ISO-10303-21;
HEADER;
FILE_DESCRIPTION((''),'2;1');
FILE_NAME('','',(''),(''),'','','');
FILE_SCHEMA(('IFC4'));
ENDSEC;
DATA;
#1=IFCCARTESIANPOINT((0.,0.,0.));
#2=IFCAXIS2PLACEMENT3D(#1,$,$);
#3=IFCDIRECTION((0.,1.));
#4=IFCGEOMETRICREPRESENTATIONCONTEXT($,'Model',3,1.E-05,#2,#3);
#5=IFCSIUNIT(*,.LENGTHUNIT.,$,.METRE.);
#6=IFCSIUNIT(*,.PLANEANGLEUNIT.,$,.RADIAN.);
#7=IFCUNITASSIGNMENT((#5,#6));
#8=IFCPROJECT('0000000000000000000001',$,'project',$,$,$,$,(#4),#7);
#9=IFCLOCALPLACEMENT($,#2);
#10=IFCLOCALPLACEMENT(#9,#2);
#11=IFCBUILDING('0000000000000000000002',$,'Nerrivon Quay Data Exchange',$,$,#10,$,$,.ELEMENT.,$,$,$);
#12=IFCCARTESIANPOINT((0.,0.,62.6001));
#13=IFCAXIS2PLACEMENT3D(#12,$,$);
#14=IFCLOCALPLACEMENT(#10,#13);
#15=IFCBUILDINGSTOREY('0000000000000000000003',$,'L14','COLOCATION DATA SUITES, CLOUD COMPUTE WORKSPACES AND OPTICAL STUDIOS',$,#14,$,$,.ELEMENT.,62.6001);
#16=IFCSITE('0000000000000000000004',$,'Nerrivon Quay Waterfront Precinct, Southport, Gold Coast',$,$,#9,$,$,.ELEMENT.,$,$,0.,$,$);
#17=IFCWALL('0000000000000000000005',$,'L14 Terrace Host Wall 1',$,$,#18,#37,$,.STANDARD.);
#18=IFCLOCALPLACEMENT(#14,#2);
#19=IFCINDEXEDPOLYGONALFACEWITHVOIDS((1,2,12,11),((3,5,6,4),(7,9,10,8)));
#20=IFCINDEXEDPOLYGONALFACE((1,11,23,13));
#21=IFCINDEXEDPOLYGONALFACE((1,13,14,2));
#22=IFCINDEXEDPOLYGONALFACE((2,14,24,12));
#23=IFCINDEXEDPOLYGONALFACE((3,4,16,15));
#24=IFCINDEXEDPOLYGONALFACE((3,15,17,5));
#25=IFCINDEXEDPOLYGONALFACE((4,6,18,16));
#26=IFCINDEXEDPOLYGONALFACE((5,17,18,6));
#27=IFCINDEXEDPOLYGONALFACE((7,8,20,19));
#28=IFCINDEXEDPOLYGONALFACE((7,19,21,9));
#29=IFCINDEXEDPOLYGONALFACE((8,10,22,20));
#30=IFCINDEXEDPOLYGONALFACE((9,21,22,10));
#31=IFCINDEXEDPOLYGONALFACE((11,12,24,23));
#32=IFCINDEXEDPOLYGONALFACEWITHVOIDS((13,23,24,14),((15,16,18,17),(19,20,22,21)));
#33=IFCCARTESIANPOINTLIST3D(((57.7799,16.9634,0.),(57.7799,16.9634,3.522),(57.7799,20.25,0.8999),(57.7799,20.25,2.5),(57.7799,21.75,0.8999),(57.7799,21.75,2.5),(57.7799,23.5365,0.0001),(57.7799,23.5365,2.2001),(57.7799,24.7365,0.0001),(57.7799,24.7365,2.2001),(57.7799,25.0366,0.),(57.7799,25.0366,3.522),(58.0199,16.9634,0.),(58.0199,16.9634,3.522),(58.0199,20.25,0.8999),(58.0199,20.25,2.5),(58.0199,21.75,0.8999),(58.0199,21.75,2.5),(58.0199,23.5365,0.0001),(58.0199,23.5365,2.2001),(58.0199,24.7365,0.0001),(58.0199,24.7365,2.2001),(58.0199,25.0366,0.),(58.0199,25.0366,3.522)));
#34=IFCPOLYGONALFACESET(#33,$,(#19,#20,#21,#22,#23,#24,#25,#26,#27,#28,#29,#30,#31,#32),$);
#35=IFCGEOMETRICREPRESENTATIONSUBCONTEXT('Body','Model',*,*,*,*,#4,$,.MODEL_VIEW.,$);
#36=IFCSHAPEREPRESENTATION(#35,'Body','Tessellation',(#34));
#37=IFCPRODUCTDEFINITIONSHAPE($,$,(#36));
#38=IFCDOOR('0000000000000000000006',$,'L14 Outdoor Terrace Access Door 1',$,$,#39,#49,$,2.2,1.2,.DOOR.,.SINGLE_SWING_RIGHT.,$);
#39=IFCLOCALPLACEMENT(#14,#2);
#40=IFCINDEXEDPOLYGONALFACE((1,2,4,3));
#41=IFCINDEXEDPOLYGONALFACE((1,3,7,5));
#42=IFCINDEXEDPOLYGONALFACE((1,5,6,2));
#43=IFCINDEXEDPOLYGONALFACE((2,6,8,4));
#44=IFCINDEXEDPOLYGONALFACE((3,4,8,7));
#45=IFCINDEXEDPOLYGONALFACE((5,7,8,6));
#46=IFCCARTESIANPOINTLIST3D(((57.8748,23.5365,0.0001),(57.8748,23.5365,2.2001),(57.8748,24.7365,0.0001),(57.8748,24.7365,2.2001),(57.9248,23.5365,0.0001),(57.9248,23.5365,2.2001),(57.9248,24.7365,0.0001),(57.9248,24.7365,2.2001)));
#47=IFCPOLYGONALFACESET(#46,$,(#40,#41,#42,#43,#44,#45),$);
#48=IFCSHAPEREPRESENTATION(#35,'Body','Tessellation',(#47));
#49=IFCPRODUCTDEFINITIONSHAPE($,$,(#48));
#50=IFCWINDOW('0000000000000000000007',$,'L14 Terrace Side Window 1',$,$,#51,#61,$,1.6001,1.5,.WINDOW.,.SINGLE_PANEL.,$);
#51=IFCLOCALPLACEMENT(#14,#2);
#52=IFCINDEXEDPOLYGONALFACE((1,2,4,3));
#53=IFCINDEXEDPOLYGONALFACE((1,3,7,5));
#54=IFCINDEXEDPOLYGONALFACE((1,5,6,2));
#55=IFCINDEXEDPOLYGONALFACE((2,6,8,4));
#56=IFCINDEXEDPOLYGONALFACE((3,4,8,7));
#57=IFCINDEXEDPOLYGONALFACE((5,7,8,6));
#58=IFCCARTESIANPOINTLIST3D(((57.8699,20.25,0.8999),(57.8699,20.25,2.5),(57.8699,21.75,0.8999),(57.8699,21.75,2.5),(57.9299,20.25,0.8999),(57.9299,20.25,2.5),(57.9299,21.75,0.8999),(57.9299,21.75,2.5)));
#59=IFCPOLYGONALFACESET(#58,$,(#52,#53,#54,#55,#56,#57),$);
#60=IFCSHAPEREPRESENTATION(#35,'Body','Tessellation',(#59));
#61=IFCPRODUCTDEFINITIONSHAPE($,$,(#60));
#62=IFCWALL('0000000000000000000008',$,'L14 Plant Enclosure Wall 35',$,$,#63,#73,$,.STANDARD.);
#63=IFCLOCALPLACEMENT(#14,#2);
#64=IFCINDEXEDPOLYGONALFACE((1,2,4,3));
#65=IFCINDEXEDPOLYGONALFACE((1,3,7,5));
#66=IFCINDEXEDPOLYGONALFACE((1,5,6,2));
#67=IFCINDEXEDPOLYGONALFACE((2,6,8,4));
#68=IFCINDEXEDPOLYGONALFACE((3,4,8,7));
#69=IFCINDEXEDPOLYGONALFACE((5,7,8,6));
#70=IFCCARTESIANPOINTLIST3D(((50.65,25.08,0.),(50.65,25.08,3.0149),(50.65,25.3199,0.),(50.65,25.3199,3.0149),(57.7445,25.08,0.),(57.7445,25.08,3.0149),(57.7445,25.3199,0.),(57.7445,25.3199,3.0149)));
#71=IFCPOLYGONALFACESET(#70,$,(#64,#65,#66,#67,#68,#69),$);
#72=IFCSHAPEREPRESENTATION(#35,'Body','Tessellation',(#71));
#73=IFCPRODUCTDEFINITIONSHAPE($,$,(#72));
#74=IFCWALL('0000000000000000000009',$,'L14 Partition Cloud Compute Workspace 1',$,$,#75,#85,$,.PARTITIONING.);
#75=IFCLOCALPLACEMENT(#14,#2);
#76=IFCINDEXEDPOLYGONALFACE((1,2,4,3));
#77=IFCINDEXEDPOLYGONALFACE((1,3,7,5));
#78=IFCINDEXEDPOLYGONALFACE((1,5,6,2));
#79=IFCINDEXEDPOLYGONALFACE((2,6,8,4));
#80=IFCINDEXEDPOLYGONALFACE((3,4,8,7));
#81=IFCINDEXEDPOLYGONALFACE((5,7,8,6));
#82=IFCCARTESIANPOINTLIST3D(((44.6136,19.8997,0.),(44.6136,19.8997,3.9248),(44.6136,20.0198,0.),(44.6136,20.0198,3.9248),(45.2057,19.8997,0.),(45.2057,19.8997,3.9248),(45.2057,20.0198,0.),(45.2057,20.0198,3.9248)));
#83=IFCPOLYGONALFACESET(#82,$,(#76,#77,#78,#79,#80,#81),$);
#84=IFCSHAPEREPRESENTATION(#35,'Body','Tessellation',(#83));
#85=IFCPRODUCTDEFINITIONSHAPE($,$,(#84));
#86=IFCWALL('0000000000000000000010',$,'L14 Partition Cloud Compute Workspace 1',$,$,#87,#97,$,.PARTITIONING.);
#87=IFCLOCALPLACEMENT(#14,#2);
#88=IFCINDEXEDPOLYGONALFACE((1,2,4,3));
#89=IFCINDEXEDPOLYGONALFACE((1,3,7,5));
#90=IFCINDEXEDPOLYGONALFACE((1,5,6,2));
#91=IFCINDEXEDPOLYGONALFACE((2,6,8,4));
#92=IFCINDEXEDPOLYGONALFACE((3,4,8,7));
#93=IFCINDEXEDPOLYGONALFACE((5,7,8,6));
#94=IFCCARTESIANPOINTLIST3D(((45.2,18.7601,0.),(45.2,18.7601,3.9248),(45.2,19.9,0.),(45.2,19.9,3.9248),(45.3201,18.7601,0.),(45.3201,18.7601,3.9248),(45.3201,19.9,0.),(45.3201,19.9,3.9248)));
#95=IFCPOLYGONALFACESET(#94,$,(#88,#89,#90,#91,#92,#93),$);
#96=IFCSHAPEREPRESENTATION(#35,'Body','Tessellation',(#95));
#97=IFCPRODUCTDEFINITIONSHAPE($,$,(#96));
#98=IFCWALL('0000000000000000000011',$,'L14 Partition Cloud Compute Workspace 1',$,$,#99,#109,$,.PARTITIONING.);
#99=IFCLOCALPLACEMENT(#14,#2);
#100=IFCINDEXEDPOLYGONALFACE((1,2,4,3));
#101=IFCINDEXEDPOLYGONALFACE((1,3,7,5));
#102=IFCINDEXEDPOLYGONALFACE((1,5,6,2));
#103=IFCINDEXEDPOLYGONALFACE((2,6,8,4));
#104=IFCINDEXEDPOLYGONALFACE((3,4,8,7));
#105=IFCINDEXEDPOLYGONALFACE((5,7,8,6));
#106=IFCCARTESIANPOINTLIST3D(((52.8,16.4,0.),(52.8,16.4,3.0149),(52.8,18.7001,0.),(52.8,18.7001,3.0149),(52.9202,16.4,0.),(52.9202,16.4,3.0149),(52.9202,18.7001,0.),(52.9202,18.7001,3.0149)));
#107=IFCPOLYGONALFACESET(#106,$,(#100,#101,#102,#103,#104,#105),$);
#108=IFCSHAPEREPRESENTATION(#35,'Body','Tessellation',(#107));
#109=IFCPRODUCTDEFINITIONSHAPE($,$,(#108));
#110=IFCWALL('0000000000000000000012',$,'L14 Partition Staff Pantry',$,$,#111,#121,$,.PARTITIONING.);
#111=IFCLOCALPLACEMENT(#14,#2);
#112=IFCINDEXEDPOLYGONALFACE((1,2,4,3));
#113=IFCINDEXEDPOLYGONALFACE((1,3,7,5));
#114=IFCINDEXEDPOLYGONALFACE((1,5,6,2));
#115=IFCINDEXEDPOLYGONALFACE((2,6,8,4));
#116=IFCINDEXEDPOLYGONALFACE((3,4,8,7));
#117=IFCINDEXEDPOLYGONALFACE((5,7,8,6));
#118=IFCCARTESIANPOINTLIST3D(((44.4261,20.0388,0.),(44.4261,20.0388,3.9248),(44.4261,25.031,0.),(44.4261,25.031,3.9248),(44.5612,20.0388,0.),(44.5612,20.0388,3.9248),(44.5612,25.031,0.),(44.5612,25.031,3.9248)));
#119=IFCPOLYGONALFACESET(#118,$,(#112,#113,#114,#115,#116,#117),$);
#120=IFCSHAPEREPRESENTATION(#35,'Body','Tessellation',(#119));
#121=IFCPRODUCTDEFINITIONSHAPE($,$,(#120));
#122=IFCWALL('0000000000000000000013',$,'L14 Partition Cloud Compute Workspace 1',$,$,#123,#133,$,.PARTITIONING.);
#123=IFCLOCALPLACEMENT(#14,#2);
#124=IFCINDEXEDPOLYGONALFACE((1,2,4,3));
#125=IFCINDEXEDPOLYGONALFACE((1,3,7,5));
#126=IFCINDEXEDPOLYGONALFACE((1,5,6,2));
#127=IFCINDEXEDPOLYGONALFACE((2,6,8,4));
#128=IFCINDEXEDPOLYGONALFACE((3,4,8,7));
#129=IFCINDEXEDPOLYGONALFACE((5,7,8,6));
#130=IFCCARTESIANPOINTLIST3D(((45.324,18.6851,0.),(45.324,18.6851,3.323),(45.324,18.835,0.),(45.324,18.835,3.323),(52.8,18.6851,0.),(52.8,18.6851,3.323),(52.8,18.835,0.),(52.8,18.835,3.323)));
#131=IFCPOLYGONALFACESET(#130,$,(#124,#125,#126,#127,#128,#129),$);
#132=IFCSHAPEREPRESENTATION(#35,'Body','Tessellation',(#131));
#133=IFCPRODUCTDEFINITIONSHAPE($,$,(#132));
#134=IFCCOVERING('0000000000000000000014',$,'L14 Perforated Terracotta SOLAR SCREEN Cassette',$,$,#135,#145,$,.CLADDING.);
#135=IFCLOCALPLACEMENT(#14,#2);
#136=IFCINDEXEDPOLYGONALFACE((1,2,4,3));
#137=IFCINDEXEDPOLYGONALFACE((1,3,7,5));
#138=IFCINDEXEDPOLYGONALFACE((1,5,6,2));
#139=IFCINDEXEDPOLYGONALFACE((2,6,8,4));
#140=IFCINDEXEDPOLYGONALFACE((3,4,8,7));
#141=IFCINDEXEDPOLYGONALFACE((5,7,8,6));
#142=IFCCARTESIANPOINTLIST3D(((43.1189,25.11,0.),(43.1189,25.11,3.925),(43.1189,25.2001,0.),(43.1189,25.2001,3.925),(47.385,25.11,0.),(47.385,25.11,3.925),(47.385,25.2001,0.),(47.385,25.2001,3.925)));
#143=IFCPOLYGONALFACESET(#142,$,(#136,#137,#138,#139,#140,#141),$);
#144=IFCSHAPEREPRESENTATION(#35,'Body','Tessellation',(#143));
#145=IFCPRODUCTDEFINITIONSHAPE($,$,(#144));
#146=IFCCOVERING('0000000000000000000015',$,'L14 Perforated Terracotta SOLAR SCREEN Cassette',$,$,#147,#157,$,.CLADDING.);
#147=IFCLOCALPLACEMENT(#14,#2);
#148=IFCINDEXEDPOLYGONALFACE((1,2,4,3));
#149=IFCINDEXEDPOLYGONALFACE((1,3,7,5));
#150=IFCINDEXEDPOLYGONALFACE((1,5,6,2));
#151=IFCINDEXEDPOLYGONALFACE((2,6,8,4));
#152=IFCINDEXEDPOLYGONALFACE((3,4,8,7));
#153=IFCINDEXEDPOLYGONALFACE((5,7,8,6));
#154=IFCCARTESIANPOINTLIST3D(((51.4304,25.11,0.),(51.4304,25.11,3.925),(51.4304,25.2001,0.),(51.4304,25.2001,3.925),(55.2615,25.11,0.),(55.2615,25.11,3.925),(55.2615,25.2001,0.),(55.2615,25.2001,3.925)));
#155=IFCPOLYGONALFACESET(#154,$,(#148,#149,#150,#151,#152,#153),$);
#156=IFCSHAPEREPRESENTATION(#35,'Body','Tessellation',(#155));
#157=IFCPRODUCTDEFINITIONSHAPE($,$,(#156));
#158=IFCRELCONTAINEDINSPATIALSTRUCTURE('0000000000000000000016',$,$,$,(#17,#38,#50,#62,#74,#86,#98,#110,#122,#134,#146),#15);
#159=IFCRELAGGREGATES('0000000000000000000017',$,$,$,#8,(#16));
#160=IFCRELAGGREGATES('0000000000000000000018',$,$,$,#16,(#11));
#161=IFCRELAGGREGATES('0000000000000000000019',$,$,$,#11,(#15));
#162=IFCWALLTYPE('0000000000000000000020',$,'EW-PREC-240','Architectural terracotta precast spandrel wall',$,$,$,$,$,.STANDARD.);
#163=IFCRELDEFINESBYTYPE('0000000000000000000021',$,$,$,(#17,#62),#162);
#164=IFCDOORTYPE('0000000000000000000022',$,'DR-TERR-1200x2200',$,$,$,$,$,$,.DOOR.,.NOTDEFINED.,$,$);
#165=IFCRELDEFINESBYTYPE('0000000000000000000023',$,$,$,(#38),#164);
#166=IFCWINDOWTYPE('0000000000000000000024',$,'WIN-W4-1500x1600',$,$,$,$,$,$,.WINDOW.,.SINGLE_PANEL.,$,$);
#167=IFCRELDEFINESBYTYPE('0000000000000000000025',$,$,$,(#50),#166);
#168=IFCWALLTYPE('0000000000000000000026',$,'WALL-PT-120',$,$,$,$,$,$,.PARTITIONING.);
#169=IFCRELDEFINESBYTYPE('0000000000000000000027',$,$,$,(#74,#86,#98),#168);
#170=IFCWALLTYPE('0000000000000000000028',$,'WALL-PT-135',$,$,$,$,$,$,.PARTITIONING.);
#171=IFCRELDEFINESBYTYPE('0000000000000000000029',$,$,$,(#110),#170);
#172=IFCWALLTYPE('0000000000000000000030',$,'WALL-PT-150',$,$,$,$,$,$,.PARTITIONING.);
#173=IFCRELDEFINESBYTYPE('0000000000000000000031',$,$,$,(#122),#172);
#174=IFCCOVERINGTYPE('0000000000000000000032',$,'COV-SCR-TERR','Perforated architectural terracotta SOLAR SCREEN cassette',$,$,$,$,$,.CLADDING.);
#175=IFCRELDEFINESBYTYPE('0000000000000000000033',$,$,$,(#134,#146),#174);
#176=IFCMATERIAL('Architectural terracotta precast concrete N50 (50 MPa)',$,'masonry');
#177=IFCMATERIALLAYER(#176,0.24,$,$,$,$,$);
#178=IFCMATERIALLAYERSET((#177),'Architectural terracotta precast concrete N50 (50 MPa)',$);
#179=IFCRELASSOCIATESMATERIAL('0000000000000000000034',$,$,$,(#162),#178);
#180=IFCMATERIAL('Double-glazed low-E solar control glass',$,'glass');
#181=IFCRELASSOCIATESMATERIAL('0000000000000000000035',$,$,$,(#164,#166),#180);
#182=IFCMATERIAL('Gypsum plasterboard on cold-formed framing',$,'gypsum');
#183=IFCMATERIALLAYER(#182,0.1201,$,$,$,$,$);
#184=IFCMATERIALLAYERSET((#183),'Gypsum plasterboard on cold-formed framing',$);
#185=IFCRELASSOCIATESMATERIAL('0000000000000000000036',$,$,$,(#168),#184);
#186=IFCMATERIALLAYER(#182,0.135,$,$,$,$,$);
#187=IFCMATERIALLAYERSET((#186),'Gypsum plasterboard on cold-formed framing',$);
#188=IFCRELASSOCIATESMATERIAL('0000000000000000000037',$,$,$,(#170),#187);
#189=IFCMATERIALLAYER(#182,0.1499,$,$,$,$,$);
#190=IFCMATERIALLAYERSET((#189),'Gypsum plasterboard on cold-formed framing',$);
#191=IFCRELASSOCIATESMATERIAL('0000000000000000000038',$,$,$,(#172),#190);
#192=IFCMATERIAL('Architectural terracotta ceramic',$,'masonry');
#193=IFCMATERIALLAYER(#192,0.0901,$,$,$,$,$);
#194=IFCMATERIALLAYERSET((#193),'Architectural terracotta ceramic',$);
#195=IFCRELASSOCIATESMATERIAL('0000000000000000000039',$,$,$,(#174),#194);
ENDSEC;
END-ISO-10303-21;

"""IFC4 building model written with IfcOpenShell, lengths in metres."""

from ifc_helpers import new_model, si_unit, direction, frame, frame_2d, origin, origin_2d, place, context, subcontext, project, spatial, rectangle, extrude, material, layer, layer_set, type_object, element, fill, save


model = new_model("IFC4")

# Units and contexts
model_context = context("Model", 3, precision=1e-05, world=origin(), true_north=direction((0.0, 1.0)))
body_context = subcontext(model_context, "Body", "Model", "MODEL_VIEW")
ifc_project = project(units=[si_unit("LENGTHUNIT", "METRE"), si_unit("PLANEANGLEUNIT", "RADIAN")], contexts=[model_context])

# Site, building, storey
site_placement = place(None, origin())
site = spatial("IfcSite", under=ifc_project, at=site_placement, Name="Nerrivon Quay Waterfront Precinct, Southport, Gold Coast", CompositionType="ELEMENT", RefElevation=0.0)
building_placement = place(site_placement, origin())
building = spatial("IfcBuilding", under=site, at=building_placement, Name="Nerrivon Quay Data Exchange", CompositionType="ELEMENT")
storey_placement = place(building_placement, frame((0.0, 0.0, 62.6001)))
storey = spatial("IfcBuildingStorey", under=building, at=storey_placement, Name="L14", Description="COLOCATION DATA SUITES, CLOUD COMPUTE WORKSPACES AND OPTICAL STUDIOS", CompositionType="ELEMENT", Elevation=62.6001)

# Shared definitions
ifc_material_1 = material(Name="Double-glazed low-E solar control glass", Category="glass")

# Wall, openings, door, window
ifc_material_2 = material(Name="Architectural terracotta precast concrete N50 (50 MPa)", Category="masonry")
ifc_layer_1 = layer(ifc_material_2, 0.24)
ifc_layer_set_1 = layer_set([ifc_layer_1], Name="Architectural terracotta precast concrete N50 (50 MPa)")
wall_type_1 = type_object("IfcWallType", Name="EW-PREC-240", Description="Architectural terracotta precast spandrel wall", PredefinedType="STANDARD", material=ifc_layer_set_1)
wall_1_placement = place(storey_placement, frame((57.8999, 25.0366, 0.0), z_axis=(0.0, 0.0, 1.0), x_axis=(0.0, -1.0, 0.0)))
wall_1 = element("IfcWall", 1, at=wall_1_placement, inside=storey, type_object=wall_type_1, Name="L14 Terrace Host Wall 1", PredefinedType="STANDARD", context=body_context, shape_type="SweptSolid", body=[
    extrude(rectangle(XDim=8.0732, YDim=0.24, at=frame_2d((4.0366, 0.0))), origin(), (0.0, 0.0, 1.0), 3.522),
])
opening_1_placement = place(wall_1_placement, frame((0.3, 0.0, 0.0)))
opening_1 = element("IfcOpeningElement", 2, at=opening_1_placement, cuts=wall_1, PredefinedType="OPENING", context=body_context, shape_type="SweptSolid", body=[
    extrude(rectangle(XDim=1.2, YDim=2.2, at=frame_2d((0.6001, 1.1001))), frame((0.0, 0.1299, 0.0), z_axis=(0.0, -1.0, 0.0), x_axis=(1.0, 0.0, 0.0)), (0.0, 0.0, 1.0), 0.26),
])
opening_2_placement = place(wall_1_placement, frame((3.2866, 0.0, 0.8999)))
opening_2 = element("IfcOpeningElement", 3, at=opening_2_placement, cuts=wall_1, PredefinedType="OPENING", context=body_context, shape_type="SweptSolid", body=[
    extrude(rectangle(XDim=1.5, YDim=1.6001, at=frame_2d((0.75, 0.8))), frame((0.0, 0.1299, 0.0), z_axis=(0.0, -1.0, 0.0), x_axis=(1.0, 0.0, 0.0)), (0.0, 0.0, 1.0), 0.26),
])
door_type = type_object("IfcDoorType", Name="DR-TERR-1200x2200", OperationType="NOTDEFINED", PredefinedType="DOOR", material=ifc_material_1)
door_placement = place(opening_1_placement, origin())
door = element("IfcDoor", 4, at=door_placement, inside=storey, type_object=door_type, Name="L14 Outdoor Terrace Access Door 1", OperationType="SINGLE_SWING_RIGHT", OverallHeight=2.2, OverallWidth=1.2, PredefinedType="DOOR", context=body_context, shape_type="SweptSolid", body=[
    extrude(rectangle(XDim=1.2, YDim=2.2, at=frame_2d((0.6001, 1.1001))), frame((0.0, 0.0249, 0.0), z_axis=(0.0, -1.0, 0.0), x_axis=(1.0, 0.0, 0.0)), (0.0, 0.0, 1.0), 0.05),
])
fill(opening_1, door)
window_type = type_object("IfcWindowType", Name="WIN-W4-1500x1600", PartitioningType="SINGLE_PANEL", PredefinedType="WINDOW", material=ifc_material_1)
window_placement = place(opening_2_placement, origin())
window = element("IfcWindow", 5, at=window_placement, inside=storey, type_object=window_type, Name="L14 Terrace Side Window 1", OverallHeight=1.6001, OverallWidth=1.5, PartitioningType="SINGLE_PANEL", PredefinedType="WINDOW", context=body_context, shape_type="SweptSolid", body=[
    extrude(rectangle(XDim=1.5, YDim=1.6001, at=frame_2d((0.75, 0.8))), frame((0.0, 0.03, 0.0), z_axis=(0.0, -1.0, 0.0), x_axis=(1.0, 0.0, 0.0)), (0.0, 0.0, 1.0), 0.0601),
])
fill(opening_2, window)

# Walls
wall_2_placement = place(storey_placement, frame((50.6499, 25.2, 0.0), z_axis=(0.0, 0.0, 1.0), x_axis=(1.0, 0.0, 0.0)))
element("IfcWall", 6, at=wall_2_placement, inside=storey, type_object=wall_type_1, Name="L14 Plant Enclosure Wall 35", PredefinedType="STANDARD", context=body_context, shape_type="SweptSolid", body=[
    extrude(rectangle(XDim=7.0945, YDim=0.24, at=frame_2d((3.5474, 0.0))), origin(), (0.0, 0.0, 1.0), 3.0149),
])
ifc_material_3 = material(Name="Gypsum plasterboard on cold-formed framing", Category="gypsum")
ifc_layer_2 = layer(ifc_material_3, 0.1201)
ifc_layer_set_2 = layer_set([ifc_layer_2], Name="Gypsum plasterboard on cold-formed framing")
wall_type_2 = type_object("IfcWallType", Name="WALL-PT-120", PredefinedType="PARTITIONING", material=ifc_layer_set_2)
wall_3_placement = place(storey_placement, frame((44.6138, 19.9597, 0.0), z_axis=(0.0, 0.0, 1.0), x_axis=(1.0, 0.0, 0.0)))
element("IfcWall", 7, at=wall_3_placement, inside=storey, type_object=wall_type_2, Name="L14 Partition Cloud Compute Workspace 1", PredefinedType="PARTITIONING", context=body_context, shape_type="SweptSolid", body=[
    extrude(rectangle(XDim=0.592, YDim=0.1201, at=frame_2d((0.2959, 0.0))), origin(), (0.0, 0.0, 1.0), 3.9248),
])
wall_4_placement = place(storey_placement, frame((45.26, 19.8999, 0.0), z_axis=(0.0, 0.0, 1.0), x_axis=(0.0, -1.0, 0.0)))
element("IfcWall", 8, at=wall_4_placement, inside=storey, type_object=wall_type_2, Name="L14 Partition Cloud Compute Workspace 1", PredefinedType="PARTITIONING", context=body_context, shape_type="SweptSolid", body=[
    extrude(rectangle(XDim=1.1399, YDim=0.1201, at=frame_2d((0.5698, 0.0))), origin(), (0.0, 0.0, 1.0), 3.9248),
])
wall_5_placement = place(storey_placement, frame((52.8601, 18.7, 0.0), z_axis=(0.0, 0.0, 1.0), x_axis=(0.0, -1.0, 0.0)))
element("IfcWall", 9, at=wall_5_placement, inside=storey, type_object=wall_type_2, Name="L14 Partition Cloud Compute Workspace 1", PredefinedType="PARTITIONING", context=body_context, shape_type="SweptSolid", body=[
    extrude(rectangle(XDim=2.3, YDim=0.1201, at=frame_2d((1.1499, 0.0))), origin(), (0.0, 0.0, 1.0), 3.0149),
])
ifc_layer_3 = layer(ifc_material_3, 0.135)
ifc_layer_set_3 = layer_set([ifc_layer_3], Name="Gypsum plasterboard on cold-formed framing")
wall_type_3 = type_object("IfcWallType", Name="WALL-PT-135", PredefinedType="PARTITIONING", material=ifc_layer_set_3)
wall_6_placement = place(storey_placement, frame((44.4937, 20.0388, 0.0), z_axis=(0.0, 0.0, 1.0), x_axis=(0.0, 1.0, 0.0)))
element("IfcWall", 10, at=wall_6_placement, inside=storey, type_object=wall_type_3, Name="L14 Partition Staff Pantry", PredefinedType="PARTITIONING", context=body_context, shape_type="SweptSolid", body=[
    extrude(rectangle(XDim=4.9922, YDim=0.135, at=frame_2d((2.4961, 0.0))), origin(), (0.0, 0.0, 1.0), 3.9248),
])
ifc_layer_4 = layer(ifc_material_3, 0.1499)
ifc_layer_set_4 = layer_set([ifc_layer_4], Name="Gypsum plasterboard on cold-formed framing")
wall_type_4 = type_object("IfcWallType", Name="WALL-PT-150", PredefinedType="PARTITIONING", material=ifc_layer_set_4)
wall_7_placement = place(storey_placement, frame((45.324, 18.76, 0.0), z_axis=(0.0, 0.0, 1.0), x_axis=(1.0, 0.0, 0.0)))
element("IfcWall", 11, at=wall_7_placement, inside=storey, type_object=wall_type_4, Name="L14 Partition Cloud Compute Workspace 1", PredefinedType="PARTITIONING", context=body_context, shape_type="SweptSolid", body=[
    extrude(rectangle(XDim=7.4761, YDim=0.1499, at=frame_2d((3.738, 0.0))), origin(), (0.0, 0.0, 1.0), 3.323),
])

# Coverings
ifc_material_4 = material(Name="Architectural terracotta ceramic", Category="masonry")
ifc_layer_5 = layer(ifc_material_4, 0.0901)
ifc_layer_set_5 = layer_set([ifc_layer_5], Name="Architectural terracotta ceramic")
covering_type = type_object("IfcCoveringType", Name="COV-SCR-TERR", Description="Perforated architectural terracotta SOLAR SCREEN cassette", PredefinedType="CLADDING", material=ifc_layer_set_5)
covering_1_placement = place(storey_placement, frame((45.252, 25.155, 0.0), z_axis=(0.0, 0.0, 1.0), x_axis=(1.0, 0.0, 0.0)))
element("IfcCovering", 12, at=covering_1_placement, inside=storey, type_object=covering_type, Name="L14 Perforated Terracotta SOLAR SCREEN Cassette", PredefinedType="CLADDING", context=body_context, shape_type="SweptSolid", body=[
    extrude(rectangle(XDim=4.2661, YDim=0.0901, at=origin_2d()), origin(), (0.0, 0.0, 1.0), 3.925),
])
covering_2_placement = place(storey_placement, frame((53.3459, 25.155, 0.0), z_axis=(0.0, 0.0, 1.0), x_axis=(1.0, 0.0, 0.0)))
element("IfcCovering", 13, at=covering_2_placement, inside=storey, type_object=covering_type, Name="L14 Perforated Terracotta SOLAR SCREEN Cassette", PredefinedType="CLADDING", context=body_context, shape_type="SweptSolid", body=[
    extrude(rectangle(XDim=3.8311, YDim=0.0901, at=origin_2d()), origin(), (0.0, 0.0, 1.0), 3.925),
])

save(model, "model.ifc")
